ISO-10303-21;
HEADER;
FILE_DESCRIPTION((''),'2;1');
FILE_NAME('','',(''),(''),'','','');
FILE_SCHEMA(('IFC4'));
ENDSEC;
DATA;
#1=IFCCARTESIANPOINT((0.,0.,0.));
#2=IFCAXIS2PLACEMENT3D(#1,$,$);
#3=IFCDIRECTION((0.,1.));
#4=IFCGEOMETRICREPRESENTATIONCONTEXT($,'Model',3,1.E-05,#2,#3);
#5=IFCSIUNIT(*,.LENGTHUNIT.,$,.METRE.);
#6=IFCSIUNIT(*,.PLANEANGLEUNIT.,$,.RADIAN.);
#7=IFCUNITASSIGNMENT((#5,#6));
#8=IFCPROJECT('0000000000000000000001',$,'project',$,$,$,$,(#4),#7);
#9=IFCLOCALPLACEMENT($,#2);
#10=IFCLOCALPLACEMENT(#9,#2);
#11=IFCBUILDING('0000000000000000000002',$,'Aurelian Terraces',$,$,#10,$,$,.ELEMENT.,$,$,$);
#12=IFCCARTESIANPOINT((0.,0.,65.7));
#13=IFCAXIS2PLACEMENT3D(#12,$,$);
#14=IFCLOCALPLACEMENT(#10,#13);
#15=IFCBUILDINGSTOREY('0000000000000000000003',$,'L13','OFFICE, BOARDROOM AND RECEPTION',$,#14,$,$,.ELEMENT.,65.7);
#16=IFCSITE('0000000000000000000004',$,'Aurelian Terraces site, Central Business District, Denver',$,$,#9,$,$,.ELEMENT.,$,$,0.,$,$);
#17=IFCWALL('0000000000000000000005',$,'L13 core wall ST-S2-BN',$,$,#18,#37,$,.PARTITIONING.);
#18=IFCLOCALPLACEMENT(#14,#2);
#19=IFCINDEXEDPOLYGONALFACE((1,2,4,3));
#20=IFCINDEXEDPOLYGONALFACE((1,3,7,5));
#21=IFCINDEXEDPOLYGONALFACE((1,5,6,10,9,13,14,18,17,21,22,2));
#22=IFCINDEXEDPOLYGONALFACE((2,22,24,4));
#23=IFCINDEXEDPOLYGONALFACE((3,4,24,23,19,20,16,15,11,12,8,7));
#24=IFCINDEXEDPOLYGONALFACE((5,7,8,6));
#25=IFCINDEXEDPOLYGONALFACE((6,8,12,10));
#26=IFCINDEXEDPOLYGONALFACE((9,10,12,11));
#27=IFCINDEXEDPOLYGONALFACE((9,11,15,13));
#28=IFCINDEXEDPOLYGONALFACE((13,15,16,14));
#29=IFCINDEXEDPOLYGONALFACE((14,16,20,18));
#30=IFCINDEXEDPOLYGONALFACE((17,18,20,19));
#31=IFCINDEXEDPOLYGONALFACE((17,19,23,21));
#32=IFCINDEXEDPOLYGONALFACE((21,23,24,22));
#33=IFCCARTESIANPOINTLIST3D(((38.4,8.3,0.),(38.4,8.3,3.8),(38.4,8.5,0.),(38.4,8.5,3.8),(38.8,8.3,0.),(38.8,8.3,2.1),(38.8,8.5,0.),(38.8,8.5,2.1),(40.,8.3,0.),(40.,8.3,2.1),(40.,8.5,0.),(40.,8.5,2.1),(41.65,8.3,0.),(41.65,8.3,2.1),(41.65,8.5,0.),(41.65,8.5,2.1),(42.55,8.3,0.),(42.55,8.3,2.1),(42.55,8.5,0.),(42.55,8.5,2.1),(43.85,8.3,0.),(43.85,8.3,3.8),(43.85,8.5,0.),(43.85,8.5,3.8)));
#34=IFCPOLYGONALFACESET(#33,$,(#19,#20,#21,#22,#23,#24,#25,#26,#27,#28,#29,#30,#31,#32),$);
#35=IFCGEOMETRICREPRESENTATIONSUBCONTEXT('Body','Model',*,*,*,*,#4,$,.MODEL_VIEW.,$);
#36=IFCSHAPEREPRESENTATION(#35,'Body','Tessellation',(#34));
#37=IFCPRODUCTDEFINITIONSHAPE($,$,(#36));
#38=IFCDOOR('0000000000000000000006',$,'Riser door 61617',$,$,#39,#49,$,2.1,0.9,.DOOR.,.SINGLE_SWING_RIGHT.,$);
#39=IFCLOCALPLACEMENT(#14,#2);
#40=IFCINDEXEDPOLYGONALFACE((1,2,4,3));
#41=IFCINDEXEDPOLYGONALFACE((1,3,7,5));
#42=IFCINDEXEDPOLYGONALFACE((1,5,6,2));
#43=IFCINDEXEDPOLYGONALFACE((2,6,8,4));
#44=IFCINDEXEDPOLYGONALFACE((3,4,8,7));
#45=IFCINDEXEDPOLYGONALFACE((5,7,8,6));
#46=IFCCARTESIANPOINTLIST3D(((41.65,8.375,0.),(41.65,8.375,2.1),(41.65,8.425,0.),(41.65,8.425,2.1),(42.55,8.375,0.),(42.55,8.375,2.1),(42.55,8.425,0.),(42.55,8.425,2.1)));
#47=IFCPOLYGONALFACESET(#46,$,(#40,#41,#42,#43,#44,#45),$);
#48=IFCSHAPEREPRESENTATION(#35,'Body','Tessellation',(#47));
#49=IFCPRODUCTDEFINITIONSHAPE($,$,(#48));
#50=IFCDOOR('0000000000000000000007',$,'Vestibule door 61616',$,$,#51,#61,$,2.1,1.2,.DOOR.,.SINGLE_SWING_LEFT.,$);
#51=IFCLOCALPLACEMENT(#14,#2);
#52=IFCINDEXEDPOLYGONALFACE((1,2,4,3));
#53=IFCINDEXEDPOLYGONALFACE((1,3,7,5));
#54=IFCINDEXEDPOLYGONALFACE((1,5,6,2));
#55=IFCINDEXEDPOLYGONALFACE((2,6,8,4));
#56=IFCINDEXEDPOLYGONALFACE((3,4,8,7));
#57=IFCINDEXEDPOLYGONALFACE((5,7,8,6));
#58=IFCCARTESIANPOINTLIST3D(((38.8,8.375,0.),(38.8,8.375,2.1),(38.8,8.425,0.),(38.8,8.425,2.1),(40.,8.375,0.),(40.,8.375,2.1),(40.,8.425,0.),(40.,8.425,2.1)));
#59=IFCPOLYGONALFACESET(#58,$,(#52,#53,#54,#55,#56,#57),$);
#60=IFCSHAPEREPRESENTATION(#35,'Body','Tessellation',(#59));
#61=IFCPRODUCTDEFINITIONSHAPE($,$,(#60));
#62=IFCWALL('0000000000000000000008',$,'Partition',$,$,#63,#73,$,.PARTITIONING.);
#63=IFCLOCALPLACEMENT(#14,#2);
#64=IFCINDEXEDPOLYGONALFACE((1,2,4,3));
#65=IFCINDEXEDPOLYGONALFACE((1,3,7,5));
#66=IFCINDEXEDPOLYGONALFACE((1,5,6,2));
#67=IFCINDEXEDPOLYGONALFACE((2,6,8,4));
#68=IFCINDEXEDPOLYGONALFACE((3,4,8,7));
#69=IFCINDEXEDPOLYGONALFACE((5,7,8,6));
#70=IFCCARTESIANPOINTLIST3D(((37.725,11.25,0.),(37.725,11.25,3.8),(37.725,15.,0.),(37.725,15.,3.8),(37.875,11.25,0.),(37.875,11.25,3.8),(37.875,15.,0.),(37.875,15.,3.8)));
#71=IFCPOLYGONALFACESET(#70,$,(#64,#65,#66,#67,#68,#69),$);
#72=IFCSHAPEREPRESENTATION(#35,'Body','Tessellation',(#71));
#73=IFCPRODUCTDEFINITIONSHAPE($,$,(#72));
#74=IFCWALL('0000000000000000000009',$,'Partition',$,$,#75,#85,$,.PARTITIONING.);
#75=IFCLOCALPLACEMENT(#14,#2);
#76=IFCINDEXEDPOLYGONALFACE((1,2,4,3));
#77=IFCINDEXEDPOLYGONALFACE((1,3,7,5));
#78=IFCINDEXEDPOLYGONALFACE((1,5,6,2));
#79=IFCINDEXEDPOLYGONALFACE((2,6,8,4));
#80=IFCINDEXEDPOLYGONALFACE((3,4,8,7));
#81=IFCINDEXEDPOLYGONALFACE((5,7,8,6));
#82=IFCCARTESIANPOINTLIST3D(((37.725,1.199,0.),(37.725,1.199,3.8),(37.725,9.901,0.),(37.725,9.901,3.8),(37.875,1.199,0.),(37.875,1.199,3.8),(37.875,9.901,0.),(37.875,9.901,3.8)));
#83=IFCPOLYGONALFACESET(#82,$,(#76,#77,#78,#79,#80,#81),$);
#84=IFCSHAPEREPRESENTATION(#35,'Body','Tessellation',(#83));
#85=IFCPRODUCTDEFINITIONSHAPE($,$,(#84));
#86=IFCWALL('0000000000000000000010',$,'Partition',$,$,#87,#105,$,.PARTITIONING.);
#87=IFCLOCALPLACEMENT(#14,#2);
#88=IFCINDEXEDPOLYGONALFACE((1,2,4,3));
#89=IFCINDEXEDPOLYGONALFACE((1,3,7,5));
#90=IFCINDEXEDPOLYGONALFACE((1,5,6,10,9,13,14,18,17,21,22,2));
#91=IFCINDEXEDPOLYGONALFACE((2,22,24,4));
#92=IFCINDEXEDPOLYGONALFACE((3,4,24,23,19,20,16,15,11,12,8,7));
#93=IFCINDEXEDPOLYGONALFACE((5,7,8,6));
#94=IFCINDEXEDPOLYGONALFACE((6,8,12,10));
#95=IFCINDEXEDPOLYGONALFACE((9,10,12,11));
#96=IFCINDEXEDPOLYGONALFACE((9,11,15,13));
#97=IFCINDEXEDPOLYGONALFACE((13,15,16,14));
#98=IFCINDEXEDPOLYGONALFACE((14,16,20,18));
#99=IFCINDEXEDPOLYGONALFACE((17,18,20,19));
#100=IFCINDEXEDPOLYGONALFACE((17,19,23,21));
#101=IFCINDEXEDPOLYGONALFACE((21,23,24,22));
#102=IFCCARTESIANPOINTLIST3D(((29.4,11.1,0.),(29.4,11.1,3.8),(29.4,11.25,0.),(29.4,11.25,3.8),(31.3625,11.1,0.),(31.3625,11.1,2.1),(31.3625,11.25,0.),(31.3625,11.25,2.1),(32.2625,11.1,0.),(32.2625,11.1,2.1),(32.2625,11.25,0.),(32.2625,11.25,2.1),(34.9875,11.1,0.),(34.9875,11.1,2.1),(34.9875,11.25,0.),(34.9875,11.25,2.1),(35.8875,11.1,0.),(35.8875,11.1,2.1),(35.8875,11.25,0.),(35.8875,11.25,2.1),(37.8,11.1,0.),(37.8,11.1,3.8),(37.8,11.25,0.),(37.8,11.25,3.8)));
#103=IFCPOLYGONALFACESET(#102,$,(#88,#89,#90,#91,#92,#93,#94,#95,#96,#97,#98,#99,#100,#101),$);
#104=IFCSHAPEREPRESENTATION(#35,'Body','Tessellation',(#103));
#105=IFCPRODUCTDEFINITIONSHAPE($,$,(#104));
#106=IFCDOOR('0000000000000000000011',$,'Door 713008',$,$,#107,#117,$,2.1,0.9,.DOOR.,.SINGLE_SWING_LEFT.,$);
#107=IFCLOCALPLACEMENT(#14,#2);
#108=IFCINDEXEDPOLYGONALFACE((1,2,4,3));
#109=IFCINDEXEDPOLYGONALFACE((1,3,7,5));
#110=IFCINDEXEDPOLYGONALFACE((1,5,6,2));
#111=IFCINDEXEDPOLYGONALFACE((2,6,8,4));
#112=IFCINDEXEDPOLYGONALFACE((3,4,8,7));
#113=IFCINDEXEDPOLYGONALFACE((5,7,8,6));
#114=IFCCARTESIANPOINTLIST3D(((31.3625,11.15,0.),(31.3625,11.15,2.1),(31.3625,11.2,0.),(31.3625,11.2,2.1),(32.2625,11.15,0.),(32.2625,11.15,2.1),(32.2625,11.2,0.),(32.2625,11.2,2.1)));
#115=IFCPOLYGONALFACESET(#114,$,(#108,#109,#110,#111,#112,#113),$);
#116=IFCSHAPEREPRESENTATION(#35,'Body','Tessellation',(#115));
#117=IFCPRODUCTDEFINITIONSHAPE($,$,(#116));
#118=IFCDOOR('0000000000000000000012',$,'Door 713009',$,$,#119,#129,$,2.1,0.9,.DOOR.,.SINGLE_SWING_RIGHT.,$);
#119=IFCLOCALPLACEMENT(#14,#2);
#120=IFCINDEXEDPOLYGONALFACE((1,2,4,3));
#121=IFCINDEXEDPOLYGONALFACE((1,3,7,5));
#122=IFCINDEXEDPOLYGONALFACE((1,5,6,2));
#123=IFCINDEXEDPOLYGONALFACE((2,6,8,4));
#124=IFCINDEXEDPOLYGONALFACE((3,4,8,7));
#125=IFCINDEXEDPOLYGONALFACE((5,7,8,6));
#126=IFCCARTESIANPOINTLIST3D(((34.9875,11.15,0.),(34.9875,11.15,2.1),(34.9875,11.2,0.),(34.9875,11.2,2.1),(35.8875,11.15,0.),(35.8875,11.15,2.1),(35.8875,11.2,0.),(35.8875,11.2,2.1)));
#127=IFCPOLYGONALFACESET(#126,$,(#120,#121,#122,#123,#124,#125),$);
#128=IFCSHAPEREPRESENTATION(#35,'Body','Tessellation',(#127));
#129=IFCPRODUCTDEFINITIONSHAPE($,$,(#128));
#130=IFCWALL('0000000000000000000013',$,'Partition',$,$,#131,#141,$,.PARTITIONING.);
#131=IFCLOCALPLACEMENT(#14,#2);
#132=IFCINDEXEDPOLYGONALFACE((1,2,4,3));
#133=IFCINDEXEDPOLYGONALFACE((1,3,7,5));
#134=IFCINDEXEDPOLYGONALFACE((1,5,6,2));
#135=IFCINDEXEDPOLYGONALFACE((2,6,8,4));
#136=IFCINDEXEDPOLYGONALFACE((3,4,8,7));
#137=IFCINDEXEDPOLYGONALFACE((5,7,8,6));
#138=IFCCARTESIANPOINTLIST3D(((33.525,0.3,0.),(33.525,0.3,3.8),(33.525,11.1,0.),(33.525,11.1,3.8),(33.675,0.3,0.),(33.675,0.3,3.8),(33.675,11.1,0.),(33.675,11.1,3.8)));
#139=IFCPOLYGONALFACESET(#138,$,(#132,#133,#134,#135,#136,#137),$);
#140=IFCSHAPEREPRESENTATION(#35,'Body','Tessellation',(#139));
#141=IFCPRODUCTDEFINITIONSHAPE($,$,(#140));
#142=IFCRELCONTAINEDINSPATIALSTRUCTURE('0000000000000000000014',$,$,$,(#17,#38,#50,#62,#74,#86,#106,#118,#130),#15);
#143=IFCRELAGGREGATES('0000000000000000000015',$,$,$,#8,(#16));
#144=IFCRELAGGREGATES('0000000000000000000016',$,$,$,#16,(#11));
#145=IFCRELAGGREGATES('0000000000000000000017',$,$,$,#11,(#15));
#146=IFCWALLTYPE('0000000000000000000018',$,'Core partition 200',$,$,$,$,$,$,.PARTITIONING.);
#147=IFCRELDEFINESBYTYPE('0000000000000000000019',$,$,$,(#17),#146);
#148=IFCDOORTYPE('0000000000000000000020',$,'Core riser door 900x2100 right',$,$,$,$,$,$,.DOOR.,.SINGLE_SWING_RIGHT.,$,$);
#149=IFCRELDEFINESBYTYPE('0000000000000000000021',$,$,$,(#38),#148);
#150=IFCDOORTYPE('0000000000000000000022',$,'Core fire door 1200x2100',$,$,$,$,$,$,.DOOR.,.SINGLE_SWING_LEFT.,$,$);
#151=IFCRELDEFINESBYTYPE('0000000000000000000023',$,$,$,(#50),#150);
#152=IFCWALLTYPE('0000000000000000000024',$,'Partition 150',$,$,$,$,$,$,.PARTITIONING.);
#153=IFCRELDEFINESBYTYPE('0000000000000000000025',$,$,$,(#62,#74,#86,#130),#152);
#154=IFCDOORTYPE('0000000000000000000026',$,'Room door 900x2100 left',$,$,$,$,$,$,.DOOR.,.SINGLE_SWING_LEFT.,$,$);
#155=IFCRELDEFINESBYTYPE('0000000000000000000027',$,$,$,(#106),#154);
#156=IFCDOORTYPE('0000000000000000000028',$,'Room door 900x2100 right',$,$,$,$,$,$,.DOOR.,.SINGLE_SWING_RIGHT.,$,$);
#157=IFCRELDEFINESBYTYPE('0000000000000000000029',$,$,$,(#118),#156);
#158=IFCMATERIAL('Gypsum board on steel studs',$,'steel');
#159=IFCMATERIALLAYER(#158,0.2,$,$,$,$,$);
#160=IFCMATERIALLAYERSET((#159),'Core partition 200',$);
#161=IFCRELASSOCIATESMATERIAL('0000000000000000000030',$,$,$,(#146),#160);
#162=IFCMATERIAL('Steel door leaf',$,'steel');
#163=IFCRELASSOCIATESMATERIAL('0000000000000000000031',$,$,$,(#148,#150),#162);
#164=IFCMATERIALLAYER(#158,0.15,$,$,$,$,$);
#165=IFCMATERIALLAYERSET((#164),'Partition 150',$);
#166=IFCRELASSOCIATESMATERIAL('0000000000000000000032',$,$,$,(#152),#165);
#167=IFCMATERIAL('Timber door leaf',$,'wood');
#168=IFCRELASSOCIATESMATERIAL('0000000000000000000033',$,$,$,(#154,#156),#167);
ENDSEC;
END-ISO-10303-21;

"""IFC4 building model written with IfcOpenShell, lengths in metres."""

from ifc_helpers import new_model, si_unit, direction, frame, frame_2d, origin, place, context, subcontext, project, spatial, rectangle, extrude, source, transform, mapped, material, layer, layer_set, type_object, element, fill, save


model = new_model("IFC4")

# Units and contexts
model_context = context("Model", 3, precision=1e-05, world=origin(), true_north=direction((0.0, 1.0)))
body_context = subcontext(model_context, "Body", "Model", "MODEL_VIEW")
ifc_project = project(units=[si_unit("LENGTHUNIT", "METRE"), si_unit("PLANEANGLEUNIT", "RADIAN")], contexts=[model_context])

# Site, building, storey
site_placement = place(None, origin())
site = spatial("IfcSite", under=ifc_project, at=site_placement, Name="Aurelian Terraces site, Central Business District, Denver", CompositionType="ELEMENT", RefElevation=0.0)
building_placement = place(site_placement, origin())
building = spatial("IfcBuilding", under=site, at=building_placement, Name="Aurelian Terraces", CompositionType="ELEMENT")
storey_placement = place(building_placement, frame((0.0, 0.0, 65.7)))
storey = spatial("IfcBuildingStorey", under=building, at=storey_placement, Name="L13", Description="OFFICE, BOARDROOM AND RECEPTION", CompositionType="ELEMENT", Elevation=65.7)

# Shared definitions
ifc_material_1 = material(Name="Steel door leaf", Category="steel")

# Shared definitions
ifc_material_2 = material(Name="Gypsum board on steel studs", Category="steel")
ifc_layer_1 = layer(ifc_material_2, 0.2)
ifc_layer_set_1 = layer_set([ifc_layer_1], Name="Core partition 200")
wall_type_1 = type_object("IfcWallType", Name="Core partition 200", PredefinedType="PARTITIONING", material=ifc_layer_set_1)

# Wall, openings, doors
shared_shape_1 = source(origin(), body_context, "Body", "SweptSolid", [
    extrude(rectangle(XDim=5.45, YDim=0.2, at=frame_2d((2.725, 0.0))), origin(), (0.0, 0.0, 1.0), 3.8),
])
wall_1_placement = place(storey_placement, frame((38.4, 8.4, 0.0), z_axis=(0.0, 0.0, 1.0), x_axis=(1.0, 0.0, 0.0)))
wall_1 = element("IfcWall", 1, at=wall_1_placement, inside=storey, type_object=wall_type_1, Name="L13 core wall ST-S2-BN", PredefinedType="PARTITIONING", context=body_context, shape_type="MappedRepresentation", body=[
    mapped(shared_shape_1, transform((0.0, 0.0, 0.0), scale=1.0)),
])
shared_shape_2 = source(origin(), body_context, "Body", "SweptSolid", [
    extrude(rectangle(XDim=1.2, YDim=2.1, at=frame_2d((0.6, 1.05))), frame((0.0, 0.11, 0.0), z_axis=(0.0, -1.0, 0.0), x_axis=(1.0, 0.0, 0.0)), (0.0, 0.0, 1.0), 0.22),
])
opening_1_placement = place(wall_1_placement, frame((0.4, 0.0, 0.0)))
opening_1 = element("IfcOpeningElement", 2, at=opening_1_placement, cuts=wall_1, PredefinedType="OPENING", context=body_context, shape_type="MappedRepresentation", body=[
    mapped(shared_shape_2, transform((0.0, 0.0, 0.0), scale=1.0)),
])
shared_shape_3 = source(origin(), body_context, "Body", "SweptSolid", [
    extrude(rectangle(XDim=0.9, YDim=2.1, at=frame_2d((0.45, 1.05))), frame((0.0, 0.11, 0.0), z_axis=(0.0, -1.0, 0.0), x_axis=(1.0, 0.0, 0.0)), (0.0, 0.0, 1.0), 0.22),
])
opening_2_placement = place(wall_1_placement, frame((3.25, 0.0, 0.0)))
opening_2 = element("IfcOpeningElement", 3, at=opening_2_placement, cuts=wall_1, PredefinedType="OPENING", context=body_context, shape_type="MappedRepresentation", body=[
    mapped(shared_shape_3, transform((0.0, 0.0, 0.0), scale=1.0)),
])
door_type_1 = type_object("IfcDoorType", Name="Core riser door 900x2100 right", OperationType="SINGLE_SWING_RIGHT", PredefinedType="DOOR", material=ifc_material_1)
shared_shape_4 = source(origin(), body_context, "Body", "SweptSolid", [
    extrude(rectangle(XDim=0.9, YDim=2.1, at=frame_2d((0.45, 1.05))), frame((0.0, 0.025, 0.0), z_axis=(0.0, -1.0, 0.0), x_axis=(1.0, 0.0, 0.0)), (0.0, 0.0, 1.0), 0.05),
])
door_1_placement = place(opening_2_placement, origin())
door_1 = element("IfcDoor", 4, at=door_1_placement, inside=storey, type_object=door_type_1, Name="Riser door 61617", OperationType="SINGLE_SWING_RIGHT", OverallHeight=2.1, OverallWidth=0.9, PredefinedType="DOOR", context=body_context, shape_type="MappedRepresentation", body=[
    mapped(shared_shape_4, transform((0.0, 0.0, 0.0), scale=1.0)),
])
fill(opening_2, door_1)
door_type_2 = type_object("IfcDoorType", Name="Core fire door 1200x2100", OperationType="SINGLE_SWING_LEFT", PredefinedType="DOOR", material=ifc_material_1)
shared_shape_5 = source(origin(), body_context, "Body", "SweptSolid", [
    extrude(rectangle(XDim=1.2, YDim=2.1, at=frame_2d((0.6, 1.05))), frame((0.0, 0.025, 0.0), z_axis=(0.0, -1.0, 0.0), x_axis=(1.0, 0.0, 0.0)), (0.0, 0.0, 1.0), 0.05),
])
door_2_placement = place(opening_1_placement, origin())
door_2 = element("IfcDoor", 5, at=door_2_placement, inside=storey, type_object=door_type_2, Name="Vestibule door 61616", OperationType="SINGLE_SWING_LEFT", OverallHeight=2.1, OverallWidth=1.2, PredefinedType="DOOR", context=body_context, shape_type="MappedRepresentation", body=[
    mapped(shared_shape_5, transform((0.0, 0.0, 0.0), scale=1.0)),
])
fill(opening_1, door_2)

# Walls
ifc_layer_2 = layer(ifc_material_2, 0.15)
ifc_layer_set_2 = layer_set([ifc_layer_2], Name="Partition 150")
wall_type_2 = type_object("IfcWallType", Name="Partition 150", PredefinedType="PARTITIONING", material=ifc_layer_set_2)
shared_shape_6 = source(origin(), body_context, "Body", "SweptSolid", [
    extrude(rectangle(XDim=3.75, YDim=0.15, at=frame_2d((1.875, 0.0))), origin(), (0.0, 0.0, 1.0), 3.8),
])
wall_2_placement = place(storey_placement, frame((37.8, 11.25, 0.0), z_axis=(0.0, 0.0, 1.0), x_axis=(0.0, 1.0, 0.0)))
element("IfcWall", 6, at=wall_2_placement, inside=storey, type_object=wall_type_2, Name="Partition", PredefinedType="PARTITIONING", context=body_context, shape_type="MappedRepresentation", body=[
    mapped(shared_shape_6, transform((0.0, 0.0, 0.0), scale=1.0)),
])
shared_shape_7 = source(origin(), body_context, "Body", "SweptSolid", [
    extrude(rectangle(XDim=8.702, YDim=0.15, at=frame_2d((4.351, 0.0))), origin(), (0.0, 0.0, 1.0), 3.8),
])
wall_3_placement = place(storey_placement, frame((37.8, 1.199, 0.0), z_axis=(0.0, 0.0, 1.0), x_axis=(0.0, 1.0, 0.0)))
element("IfcWall", 7, at=wall_3_placement, inside=storey, type_object=wall_type_2, Name="Partition", PredefinedType="PARTITIONING", context=body_context, shape_type="MappedRepresentation", body=[
    mapped(shared_shape_7, transform((0.0, 0.0, 0.0), scale=1.0)),
])

# Wall, openings, doors
shared_shape_8 = source(origin(), body_context, "Body", "SweptSolid", [
    extrude(rectangle(XDim=8.4, YDim=0.15, at=frame_2d((4.2, 0.0))), origin(), (0.0, 0.0, 1.0), 3.8),
])
wall_4_placement = place(storey_placement, frame((37.8, 11.175, 0.0), z_axis=(0.0, 0.0, 1.0), x_axis=(-1.0, 0.0, 0.0)))
wall_4 = element("IfcWall", 8, at=wall_4_placement, inside=storey, type_object=wall_type_2, Name="Partition", PredefinedType="PARTITIONING", context=body_context, shape_type="MappedRepresentation", body=[
    mapped(shared_shape_8, transform((0.0, 0.0, 0.0), scale=1.0)),
])
shared_shape_9 = source(origin(), body_context, "Body", "SweptSolid", [
    extrude(rectangle(XDim=0.9, YDim=2.1, at=frame_2d((0.45, 1.05))), frame((0.0, 0.085, 0.0), z_axis=(0.0, -1.0, 0.0), x_axis=(1.0, 0.0, 0.0)), (0.0, 0.0, 1.0), 0.17),
])
opening_3_placement = place(wall_4_placement, frame((5.5375, 0.0, 0.0)))
opening_3 = element("IfcOpeningElement", 9, at=opening_3_placement, cuts=wall_4, PredefinedType="OPENING", context=body_context, shape_type="MappedRepresentation", body=[
    mapped(shared_shape_9, transform((0.0, 0.0, 0.0), scale=1.0)),
])
opening_4_placement = place(wall_4_placement, frame((1.9125, 0.0, 0.0)))
opening_4 = element("IfcOpeningElement", 10, at=opening_4_placement, cuts=wall_4, PredefinedType="OPENING", context=body_context, shape_type="MappedRepresentation", body=[
    mapped(shared_shape_9, transform((0.0, 0.0, 0.0), scale=1.0)),
])
ifc_material_3 = material(Name="Timber door leaf", Category="wood")
door_type_3 = type_object("IfcDoorType", Name="Room door 900x2100 left", OperationType="SINGLE_SWING_LEFT", PredefinedType="DOOR", material=ifc_material_3)
door_3_placement = place(opening_3_placement, origin())
door_3 = element("IfcDoor", 11, at=door_3_placement, inside=storey, type_object=door_type_3, Name="Door 713008", OperationType="SINGLE_SWING_LEFT", OverallHeight=2.1, OverallWidth=0.9, PredefinedType="DOOR", context=body_context, shape_type="MappedRepresentation", body=[
    mapped(shared_shape_4, transform((0.0, 0.0, 0.0), scale=1.0)),
])
fill(opening_3, door_3)
door_type_4 = type_object("IfcDoorType", Name="Room door 900x2100 right", OperationType="SINGLE_SWING_RIGHT", PredefinedType="DOOR", material=ifc_material_3)
door_4_placement = place(opening_4_placement, origin())
door_4 = element("IfcDoor", 12, at=door_4_placement, inside=storey, type_object=door_type_4, Name="Door 713009", OperationType="SINGLE_SWING_RIGHT", OverallHeight=2.1, OverallWidth=0.9, PredefinedType="DOOR", context=body_context, shape_type="MappedRepresentation", body=[
    mapped(shared_shape_4, transform((0.0, 0.0, 0.0), scale=1.0)),
])
fill(opening_4, door_4)

# Wall
shared_shape_10 = source(origin(), body_context, "Body", "SweptSolid", [
    extrude(rectangle(XDim=10.8, YDim=0.15, at=frame_2d((5.4, 0.0))), origin(), (0.0, 0.0, 1.0), 3.8),
])
wall_5_placement = place(storey_placement, frame((33.6, 0.3, 0.0), z_axis=(0.0, 0.0, 1.0), x_axis=(0.0, 1.0, 0.0)))
element("IfcWall", 13, at=wall_5_placement, inside=storey, type_object=wall_type_2, Name="Partition", PredefinedType="PARTITIONING", context=body_context, shape_type="MappedRepresentation", body=[
    mapped(shared_shape_10, transform((0.0, 0.0, 0.0), scale=1.0)),
])

save(model, "model.ifc")
